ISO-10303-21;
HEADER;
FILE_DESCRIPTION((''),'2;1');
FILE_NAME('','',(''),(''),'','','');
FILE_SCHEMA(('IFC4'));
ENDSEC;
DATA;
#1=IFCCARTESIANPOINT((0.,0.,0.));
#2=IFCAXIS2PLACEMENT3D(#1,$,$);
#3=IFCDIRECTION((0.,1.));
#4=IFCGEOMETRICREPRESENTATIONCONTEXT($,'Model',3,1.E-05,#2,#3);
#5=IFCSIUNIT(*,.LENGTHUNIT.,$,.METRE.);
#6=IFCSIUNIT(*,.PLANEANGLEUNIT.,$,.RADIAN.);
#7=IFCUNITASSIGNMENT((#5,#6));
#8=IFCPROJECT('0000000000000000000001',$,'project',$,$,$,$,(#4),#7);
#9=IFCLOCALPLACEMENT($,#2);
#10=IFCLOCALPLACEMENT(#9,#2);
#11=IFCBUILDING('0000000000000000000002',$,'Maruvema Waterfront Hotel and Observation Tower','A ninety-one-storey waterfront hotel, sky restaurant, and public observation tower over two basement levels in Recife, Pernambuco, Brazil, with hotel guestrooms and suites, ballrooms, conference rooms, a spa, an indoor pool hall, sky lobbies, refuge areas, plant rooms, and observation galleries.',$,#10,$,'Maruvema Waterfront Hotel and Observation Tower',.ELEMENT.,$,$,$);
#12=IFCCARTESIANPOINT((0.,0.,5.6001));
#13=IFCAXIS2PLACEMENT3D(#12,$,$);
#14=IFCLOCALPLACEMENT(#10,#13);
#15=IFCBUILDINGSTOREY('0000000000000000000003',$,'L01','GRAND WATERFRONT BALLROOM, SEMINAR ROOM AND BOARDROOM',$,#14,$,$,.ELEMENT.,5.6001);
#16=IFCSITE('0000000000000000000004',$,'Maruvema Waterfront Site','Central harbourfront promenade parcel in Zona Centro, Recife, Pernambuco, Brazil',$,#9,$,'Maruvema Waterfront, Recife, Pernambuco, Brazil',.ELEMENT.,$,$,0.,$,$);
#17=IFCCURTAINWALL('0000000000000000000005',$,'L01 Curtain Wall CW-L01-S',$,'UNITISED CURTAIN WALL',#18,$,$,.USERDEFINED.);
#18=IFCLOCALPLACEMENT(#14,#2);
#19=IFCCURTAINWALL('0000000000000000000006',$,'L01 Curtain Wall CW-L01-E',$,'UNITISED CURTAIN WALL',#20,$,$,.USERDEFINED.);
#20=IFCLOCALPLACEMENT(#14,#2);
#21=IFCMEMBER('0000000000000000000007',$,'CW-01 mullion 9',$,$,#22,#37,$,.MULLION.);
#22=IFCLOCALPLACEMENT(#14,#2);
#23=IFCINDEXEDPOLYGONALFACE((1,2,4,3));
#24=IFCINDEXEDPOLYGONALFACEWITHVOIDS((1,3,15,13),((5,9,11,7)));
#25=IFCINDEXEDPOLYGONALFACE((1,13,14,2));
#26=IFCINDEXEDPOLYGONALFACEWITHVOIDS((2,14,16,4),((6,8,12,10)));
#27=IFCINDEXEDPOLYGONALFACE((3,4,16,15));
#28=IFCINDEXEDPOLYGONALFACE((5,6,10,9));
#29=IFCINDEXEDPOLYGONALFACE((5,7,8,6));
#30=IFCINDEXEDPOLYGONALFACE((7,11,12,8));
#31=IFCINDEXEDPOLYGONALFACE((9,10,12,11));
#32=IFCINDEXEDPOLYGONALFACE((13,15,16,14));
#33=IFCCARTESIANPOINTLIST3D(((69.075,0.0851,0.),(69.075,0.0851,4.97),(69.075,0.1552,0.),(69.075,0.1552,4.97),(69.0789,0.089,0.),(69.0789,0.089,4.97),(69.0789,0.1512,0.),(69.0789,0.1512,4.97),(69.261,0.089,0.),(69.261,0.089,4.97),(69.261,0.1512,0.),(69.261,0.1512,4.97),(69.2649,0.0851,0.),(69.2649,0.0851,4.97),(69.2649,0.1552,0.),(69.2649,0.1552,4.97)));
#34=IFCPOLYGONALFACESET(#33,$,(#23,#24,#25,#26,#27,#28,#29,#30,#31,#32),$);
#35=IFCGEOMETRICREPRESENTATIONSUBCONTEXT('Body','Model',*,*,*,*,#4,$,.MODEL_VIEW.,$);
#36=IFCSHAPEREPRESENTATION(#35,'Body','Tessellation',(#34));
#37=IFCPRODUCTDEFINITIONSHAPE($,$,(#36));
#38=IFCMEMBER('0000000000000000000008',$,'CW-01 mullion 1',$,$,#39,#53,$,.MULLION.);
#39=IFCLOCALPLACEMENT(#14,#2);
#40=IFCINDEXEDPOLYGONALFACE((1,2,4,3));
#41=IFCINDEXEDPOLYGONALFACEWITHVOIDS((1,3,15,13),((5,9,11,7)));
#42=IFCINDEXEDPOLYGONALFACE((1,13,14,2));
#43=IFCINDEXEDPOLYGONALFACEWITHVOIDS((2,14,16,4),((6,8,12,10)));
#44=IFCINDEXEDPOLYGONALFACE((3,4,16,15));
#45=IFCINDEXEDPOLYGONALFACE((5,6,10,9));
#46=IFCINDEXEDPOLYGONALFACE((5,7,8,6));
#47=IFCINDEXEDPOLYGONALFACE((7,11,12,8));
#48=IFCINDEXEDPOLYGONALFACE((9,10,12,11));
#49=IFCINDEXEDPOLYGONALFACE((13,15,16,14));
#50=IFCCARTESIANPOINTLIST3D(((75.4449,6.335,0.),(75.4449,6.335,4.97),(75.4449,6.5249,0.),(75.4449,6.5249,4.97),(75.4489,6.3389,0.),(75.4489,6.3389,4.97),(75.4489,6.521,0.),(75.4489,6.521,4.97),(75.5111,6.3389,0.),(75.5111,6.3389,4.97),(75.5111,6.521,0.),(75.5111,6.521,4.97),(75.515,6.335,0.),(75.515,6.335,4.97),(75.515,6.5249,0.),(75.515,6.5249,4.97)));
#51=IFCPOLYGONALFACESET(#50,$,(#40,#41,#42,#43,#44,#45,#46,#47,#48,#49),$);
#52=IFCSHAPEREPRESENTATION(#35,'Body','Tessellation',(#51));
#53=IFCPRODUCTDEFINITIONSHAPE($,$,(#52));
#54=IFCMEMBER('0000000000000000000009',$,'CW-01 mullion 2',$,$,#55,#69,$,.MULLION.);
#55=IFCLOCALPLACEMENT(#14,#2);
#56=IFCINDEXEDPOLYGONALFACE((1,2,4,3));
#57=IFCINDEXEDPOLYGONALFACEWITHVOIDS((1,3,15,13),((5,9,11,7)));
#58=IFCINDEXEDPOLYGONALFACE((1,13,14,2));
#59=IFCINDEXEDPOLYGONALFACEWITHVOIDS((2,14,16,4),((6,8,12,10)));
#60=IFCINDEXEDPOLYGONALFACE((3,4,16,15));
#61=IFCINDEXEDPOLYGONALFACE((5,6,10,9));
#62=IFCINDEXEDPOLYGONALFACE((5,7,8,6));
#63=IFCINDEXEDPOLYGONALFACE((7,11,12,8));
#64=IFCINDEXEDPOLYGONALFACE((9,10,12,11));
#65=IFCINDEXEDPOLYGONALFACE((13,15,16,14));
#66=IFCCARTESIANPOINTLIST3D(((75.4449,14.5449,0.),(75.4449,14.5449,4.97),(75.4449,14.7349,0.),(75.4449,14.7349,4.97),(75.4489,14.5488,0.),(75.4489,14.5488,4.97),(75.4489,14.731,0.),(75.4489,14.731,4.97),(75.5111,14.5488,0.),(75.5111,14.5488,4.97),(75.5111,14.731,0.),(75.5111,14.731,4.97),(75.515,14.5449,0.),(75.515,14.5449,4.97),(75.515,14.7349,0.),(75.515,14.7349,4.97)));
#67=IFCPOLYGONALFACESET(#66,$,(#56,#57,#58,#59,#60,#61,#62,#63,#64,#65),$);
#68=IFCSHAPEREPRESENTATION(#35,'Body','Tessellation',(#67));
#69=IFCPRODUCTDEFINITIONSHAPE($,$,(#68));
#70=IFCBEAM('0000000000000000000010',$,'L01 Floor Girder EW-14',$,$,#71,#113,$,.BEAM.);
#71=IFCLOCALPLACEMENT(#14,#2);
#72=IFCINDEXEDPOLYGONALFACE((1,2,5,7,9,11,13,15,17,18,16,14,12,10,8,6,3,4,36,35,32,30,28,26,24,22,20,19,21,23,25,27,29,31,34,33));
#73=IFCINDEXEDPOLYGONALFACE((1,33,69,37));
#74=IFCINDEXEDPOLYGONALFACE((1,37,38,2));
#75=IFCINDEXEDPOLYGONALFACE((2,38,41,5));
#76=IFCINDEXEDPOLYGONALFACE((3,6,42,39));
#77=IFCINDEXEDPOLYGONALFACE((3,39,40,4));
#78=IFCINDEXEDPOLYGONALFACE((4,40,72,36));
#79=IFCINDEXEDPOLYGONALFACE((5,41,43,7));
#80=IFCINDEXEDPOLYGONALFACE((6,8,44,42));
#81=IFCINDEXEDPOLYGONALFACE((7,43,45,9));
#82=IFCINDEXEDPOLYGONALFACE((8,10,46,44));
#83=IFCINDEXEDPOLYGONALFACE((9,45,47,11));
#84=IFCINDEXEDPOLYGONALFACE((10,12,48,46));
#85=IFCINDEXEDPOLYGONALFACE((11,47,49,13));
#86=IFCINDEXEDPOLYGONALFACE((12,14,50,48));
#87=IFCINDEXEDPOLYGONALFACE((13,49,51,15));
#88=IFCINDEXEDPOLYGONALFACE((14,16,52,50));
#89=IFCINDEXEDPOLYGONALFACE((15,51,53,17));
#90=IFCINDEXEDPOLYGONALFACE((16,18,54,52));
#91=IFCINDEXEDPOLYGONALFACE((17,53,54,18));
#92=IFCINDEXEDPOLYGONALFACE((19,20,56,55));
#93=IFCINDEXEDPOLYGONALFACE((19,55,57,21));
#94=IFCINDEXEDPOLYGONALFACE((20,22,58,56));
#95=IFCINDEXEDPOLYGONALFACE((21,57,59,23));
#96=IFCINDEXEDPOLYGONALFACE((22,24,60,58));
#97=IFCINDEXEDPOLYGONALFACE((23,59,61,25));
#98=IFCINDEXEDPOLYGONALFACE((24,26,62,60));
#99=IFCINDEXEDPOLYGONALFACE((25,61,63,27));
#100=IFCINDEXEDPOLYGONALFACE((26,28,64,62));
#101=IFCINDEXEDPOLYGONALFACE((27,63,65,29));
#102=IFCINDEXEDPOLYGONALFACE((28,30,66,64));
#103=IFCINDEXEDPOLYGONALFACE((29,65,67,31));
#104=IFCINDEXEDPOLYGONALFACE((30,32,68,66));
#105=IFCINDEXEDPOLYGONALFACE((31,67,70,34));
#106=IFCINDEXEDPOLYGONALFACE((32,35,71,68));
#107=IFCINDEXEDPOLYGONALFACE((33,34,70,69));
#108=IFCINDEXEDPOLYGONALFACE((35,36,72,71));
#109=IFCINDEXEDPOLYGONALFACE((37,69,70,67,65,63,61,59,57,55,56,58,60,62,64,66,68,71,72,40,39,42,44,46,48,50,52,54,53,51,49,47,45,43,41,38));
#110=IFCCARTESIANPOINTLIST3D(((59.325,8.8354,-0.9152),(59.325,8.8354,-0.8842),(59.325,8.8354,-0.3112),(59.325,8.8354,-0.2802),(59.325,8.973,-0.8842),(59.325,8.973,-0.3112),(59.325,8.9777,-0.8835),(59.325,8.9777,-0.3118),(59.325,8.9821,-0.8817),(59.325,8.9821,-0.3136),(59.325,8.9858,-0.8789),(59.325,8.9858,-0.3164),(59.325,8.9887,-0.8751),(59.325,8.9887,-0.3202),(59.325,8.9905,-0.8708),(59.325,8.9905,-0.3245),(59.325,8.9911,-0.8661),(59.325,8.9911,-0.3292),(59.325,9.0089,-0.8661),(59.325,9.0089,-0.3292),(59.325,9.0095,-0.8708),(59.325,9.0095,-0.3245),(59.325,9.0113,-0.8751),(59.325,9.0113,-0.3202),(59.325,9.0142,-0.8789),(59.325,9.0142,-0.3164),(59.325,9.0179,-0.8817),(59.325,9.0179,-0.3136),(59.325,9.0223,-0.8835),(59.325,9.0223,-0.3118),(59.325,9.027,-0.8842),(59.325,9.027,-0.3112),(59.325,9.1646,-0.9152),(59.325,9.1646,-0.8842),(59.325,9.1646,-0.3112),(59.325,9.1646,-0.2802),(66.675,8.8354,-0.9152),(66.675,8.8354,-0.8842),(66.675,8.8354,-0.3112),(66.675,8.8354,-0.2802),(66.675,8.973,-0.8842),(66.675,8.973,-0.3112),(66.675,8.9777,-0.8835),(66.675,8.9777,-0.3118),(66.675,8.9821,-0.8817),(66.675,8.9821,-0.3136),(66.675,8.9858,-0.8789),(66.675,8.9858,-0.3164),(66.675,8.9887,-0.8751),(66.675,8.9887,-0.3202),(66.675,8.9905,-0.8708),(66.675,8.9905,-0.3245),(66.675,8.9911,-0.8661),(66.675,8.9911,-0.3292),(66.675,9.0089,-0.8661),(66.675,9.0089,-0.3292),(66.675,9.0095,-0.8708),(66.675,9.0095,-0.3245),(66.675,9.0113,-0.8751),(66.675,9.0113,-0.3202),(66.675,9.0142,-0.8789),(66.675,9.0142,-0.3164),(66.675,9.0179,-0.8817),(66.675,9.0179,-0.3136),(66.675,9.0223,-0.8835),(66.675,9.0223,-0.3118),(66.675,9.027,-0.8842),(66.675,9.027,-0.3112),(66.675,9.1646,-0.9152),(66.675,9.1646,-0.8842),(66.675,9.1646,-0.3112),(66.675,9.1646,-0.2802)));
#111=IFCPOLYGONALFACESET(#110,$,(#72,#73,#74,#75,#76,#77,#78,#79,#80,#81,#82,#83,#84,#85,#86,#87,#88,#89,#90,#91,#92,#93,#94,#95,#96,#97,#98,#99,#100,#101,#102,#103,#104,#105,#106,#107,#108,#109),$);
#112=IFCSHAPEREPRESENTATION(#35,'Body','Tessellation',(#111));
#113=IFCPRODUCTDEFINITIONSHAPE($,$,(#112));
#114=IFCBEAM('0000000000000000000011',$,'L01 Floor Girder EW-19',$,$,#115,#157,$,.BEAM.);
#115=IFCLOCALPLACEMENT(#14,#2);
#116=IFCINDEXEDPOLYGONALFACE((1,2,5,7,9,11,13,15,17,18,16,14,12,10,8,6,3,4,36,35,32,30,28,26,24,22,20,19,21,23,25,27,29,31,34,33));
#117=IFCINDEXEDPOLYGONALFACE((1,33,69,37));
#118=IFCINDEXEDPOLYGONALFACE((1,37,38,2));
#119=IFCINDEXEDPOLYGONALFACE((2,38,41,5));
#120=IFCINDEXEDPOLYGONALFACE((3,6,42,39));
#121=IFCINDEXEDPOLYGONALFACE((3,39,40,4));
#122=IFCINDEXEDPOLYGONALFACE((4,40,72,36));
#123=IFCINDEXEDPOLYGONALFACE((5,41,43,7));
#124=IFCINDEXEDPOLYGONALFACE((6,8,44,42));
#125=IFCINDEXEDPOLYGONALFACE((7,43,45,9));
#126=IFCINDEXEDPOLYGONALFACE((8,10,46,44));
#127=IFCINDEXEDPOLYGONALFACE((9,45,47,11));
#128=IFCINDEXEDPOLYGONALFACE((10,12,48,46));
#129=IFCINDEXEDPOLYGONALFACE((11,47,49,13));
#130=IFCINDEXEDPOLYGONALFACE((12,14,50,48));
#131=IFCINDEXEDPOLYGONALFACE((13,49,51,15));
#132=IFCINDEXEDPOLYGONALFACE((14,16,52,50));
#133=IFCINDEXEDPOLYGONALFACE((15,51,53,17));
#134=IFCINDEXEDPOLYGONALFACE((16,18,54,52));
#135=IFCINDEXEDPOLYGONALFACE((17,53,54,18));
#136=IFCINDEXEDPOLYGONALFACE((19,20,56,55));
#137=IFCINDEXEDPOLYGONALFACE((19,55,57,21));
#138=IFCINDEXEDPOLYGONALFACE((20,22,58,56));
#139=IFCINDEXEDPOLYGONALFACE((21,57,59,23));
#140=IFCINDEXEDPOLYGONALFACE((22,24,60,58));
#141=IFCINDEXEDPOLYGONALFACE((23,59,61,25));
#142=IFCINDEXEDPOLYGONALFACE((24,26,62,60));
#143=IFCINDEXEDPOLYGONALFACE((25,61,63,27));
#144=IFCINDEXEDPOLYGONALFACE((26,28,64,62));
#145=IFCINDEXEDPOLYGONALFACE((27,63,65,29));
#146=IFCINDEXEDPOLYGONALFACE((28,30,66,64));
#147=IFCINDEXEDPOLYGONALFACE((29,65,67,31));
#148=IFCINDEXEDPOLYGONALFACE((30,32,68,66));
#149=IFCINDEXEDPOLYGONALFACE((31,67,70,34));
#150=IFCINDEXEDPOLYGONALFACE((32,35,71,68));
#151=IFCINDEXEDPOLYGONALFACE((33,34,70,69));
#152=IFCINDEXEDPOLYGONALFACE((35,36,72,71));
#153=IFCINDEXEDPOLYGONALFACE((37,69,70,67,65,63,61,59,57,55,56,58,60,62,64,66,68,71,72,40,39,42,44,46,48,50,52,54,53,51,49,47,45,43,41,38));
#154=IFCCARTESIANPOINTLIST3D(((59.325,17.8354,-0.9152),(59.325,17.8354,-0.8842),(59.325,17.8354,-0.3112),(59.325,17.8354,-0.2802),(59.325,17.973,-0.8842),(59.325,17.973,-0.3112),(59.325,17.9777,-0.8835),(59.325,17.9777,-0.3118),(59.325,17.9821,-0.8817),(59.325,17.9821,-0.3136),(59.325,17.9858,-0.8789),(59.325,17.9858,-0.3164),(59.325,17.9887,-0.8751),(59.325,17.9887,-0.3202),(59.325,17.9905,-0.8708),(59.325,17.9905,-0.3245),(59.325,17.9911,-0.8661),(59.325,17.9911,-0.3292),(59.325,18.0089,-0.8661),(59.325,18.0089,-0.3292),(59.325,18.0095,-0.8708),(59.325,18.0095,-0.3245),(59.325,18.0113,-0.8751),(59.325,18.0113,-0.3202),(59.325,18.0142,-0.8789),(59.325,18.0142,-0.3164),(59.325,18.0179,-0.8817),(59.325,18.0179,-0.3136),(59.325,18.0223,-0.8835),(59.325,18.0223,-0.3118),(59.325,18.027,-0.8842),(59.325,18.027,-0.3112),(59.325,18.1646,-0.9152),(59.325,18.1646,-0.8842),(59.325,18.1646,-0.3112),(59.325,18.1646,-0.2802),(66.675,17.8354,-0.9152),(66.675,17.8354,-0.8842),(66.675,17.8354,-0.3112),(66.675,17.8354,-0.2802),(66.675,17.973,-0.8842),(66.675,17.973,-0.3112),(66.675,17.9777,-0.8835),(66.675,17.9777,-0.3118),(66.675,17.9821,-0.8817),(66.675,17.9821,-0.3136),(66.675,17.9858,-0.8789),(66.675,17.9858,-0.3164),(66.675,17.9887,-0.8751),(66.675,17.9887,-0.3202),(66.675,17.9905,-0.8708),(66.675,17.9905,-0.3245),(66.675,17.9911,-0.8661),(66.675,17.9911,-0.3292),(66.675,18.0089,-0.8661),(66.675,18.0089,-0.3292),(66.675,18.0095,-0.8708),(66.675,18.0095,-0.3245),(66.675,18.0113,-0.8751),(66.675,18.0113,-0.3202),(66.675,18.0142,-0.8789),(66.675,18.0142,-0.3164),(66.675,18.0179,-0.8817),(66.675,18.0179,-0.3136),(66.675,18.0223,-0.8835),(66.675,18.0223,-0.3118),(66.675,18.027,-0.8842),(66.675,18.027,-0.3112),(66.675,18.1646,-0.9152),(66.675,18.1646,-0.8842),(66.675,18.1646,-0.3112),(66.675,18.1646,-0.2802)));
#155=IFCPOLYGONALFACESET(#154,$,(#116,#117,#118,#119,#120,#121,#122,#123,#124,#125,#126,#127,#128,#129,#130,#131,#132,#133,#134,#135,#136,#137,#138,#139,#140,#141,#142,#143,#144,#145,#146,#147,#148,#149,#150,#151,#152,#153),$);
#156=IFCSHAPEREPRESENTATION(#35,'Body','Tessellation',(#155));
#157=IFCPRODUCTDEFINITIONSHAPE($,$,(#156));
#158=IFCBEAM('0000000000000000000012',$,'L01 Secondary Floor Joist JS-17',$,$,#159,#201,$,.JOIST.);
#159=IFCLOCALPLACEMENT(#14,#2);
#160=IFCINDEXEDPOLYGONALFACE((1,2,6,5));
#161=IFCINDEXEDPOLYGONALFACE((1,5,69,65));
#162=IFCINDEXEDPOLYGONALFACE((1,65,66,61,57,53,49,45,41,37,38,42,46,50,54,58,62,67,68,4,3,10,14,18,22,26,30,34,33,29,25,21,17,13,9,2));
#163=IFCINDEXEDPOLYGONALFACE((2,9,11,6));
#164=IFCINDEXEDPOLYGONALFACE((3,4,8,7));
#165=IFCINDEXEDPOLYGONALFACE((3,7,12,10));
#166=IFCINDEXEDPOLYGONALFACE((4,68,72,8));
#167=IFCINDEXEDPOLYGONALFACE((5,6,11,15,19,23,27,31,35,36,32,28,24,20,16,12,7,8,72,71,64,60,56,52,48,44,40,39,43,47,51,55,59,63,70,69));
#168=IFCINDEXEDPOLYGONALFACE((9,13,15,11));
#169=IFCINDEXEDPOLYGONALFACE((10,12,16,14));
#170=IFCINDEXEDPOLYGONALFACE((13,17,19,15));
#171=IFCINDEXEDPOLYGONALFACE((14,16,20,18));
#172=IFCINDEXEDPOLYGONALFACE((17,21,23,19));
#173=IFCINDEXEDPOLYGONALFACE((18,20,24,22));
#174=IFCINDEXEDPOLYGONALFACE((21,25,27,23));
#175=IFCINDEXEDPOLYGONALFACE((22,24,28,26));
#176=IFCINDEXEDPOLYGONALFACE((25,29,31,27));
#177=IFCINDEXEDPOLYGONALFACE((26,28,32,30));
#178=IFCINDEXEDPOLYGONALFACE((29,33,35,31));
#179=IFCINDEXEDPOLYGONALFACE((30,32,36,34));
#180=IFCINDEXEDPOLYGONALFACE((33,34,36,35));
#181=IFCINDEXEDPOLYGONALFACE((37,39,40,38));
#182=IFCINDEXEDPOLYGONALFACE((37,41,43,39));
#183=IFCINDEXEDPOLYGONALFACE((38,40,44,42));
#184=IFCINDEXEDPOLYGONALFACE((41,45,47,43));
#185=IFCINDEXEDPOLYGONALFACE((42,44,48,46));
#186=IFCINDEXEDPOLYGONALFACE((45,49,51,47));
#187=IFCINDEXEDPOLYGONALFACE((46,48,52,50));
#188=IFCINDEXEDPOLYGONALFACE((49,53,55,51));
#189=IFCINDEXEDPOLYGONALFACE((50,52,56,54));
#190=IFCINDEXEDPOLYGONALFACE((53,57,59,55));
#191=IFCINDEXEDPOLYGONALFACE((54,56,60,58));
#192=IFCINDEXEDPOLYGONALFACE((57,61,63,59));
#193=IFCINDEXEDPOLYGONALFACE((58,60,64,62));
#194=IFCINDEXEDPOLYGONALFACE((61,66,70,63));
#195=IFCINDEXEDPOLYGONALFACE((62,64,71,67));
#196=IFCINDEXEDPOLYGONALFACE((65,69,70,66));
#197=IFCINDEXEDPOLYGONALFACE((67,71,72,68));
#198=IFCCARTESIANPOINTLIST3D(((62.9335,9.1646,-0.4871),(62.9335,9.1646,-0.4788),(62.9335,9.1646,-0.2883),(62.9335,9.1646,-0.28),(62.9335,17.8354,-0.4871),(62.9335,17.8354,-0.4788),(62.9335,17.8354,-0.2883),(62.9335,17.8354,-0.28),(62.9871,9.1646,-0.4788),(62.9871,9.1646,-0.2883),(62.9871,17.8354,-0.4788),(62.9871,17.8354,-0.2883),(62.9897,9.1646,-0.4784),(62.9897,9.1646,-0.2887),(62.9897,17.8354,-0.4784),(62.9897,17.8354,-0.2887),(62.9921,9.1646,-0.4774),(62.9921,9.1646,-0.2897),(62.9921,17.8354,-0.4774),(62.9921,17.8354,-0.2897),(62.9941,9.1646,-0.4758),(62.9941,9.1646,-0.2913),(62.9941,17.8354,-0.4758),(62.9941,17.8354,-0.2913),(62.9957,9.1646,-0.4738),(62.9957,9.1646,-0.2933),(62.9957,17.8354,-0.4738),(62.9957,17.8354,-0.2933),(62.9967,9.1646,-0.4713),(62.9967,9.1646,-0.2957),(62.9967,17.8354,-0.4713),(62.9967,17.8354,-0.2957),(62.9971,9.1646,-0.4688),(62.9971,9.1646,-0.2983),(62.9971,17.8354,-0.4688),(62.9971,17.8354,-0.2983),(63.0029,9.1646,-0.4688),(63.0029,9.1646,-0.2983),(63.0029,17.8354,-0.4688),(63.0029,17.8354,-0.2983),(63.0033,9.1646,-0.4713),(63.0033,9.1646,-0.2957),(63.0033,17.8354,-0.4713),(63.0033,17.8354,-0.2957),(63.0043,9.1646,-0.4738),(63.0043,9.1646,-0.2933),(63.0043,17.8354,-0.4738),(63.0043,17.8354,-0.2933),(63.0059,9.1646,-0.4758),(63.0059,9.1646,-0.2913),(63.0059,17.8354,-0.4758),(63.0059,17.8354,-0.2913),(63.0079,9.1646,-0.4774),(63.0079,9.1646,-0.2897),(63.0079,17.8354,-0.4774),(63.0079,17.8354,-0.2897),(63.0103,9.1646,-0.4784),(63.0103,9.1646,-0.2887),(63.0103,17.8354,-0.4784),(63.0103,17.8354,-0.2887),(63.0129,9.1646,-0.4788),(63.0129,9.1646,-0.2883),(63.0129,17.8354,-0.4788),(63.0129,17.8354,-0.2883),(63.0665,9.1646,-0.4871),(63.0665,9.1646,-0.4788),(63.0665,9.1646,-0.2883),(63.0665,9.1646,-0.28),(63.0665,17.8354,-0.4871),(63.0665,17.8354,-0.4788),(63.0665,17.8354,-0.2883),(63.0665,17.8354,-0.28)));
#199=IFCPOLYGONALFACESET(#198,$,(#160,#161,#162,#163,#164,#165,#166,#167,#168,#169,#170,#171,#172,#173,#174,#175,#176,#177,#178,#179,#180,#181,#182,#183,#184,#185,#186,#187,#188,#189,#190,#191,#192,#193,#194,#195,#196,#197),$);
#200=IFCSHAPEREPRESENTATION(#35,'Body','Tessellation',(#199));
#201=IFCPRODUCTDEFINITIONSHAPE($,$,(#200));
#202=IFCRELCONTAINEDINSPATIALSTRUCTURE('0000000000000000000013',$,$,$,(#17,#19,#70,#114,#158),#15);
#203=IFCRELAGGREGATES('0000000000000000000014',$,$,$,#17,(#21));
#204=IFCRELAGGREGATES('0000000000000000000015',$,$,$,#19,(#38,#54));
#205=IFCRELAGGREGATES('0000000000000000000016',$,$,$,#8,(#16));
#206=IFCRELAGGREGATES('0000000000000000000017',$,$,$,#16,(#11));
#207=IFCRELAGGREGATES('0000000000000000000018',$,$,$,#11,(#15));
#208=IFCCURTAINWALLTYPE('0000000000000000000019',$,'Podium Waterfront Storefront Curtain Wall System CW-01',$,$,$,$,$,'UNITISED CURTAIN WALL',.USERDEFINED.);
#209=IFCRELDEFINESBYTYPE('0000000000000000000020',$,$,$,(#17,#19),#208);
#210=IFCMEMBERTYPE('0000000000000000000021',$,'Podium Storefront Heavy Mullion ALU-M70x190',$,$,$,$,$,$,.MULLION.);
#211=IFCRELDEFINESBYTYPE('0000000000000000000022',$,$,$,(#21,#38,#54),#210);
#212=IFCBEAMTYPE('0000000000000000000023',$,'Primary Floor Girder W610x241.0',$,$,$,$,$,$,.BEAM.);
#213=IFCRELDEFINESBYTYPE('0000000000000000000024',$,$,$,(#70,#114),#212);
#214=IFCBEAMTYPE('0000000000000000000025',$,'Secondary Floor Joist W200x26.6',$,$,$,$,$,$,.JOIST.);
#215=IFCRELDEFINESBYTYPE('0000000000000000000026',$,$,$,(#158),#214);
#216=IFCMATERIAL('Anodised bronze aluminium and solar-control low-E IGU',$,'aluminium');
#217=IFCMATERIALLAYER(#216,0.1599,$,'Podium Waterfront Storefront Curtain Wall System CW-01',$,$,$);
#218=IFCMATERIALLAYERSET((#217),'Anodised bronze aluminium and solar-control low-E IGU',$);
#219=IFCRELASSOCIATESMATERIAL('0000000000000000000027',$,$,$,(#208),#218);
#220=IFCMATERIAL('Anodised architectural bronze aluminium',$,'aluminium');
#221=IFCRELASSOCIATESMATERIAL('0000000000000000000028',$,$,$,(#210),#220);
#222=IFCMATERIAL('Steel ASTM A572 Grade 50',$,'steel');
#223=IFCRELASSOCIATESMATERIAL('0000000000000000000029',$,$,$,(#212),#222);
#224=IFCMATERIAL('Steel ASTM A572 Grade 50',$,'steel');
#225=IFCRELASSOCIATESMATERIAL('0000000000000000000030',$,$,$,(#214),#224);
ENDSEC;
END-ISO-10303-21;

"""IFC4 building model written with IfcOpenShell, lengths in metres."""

from ifc_helpers import new_model, si_unit, direction, frame, origin, origin_2d, place, context, subcontext, project, spatial, hollow_rectangle, i_section, extrude, material, layer, layer_set, material_profile, profile_set, type_object, element, aggregate, save


model = new_model("IFC4")

# Units and contexts
model_context = context("Model", 3, precision=1e-05, world=origin(), true_north=direction((0.0, 1.0)))
body_context = subcontext(model_context, "Body", "Model", "MODEL_VIEW")
ifc_project = project(units=[si_unit("LENGTHUNIT", "METRE"), si_unit("PLANEANGLEUNIT", "RADIAN")], contexts=[model_context])

# Site, building, storey
site_placement = place(None, origin())
site = spatial("IfcSite", under=ifc_project, at=site_placement, Name="Maruvema Waterfront Site", Description="Central harbourfront promenade parcel in Zona Centro, Recife, Pernambuco, Brazil", LongName="Maruvema Waterfront, Recife, Pernambuco, Brazil", CompositionType="ELEMENT", RefElevation=0.0)
building_placement = place(site_placement, origin())
building = spatial("IfcBuilding", under=site, at=building_placement, Name="Maruvema Waterfront Hotel and Observation Tower", Description="A ninety-one-storey waterfront hotel, sky restaurant, and public observation tower over two basement levels in Recife, Pernambuco, Brazil, with hotel guestrooms and suites, ballrooms, conference rooms, a spa, an indoor pool hall, sky lobbies, refuge areas, plant rooms, and observation galleries.", LongName="Maruvema Waterfront Hotel and Observation Tower", CompositionType="ELEMENT")
storey_placement = place(building_placement, frame((0.0, 0.0, 5.6001)))
storey = spatial("IfcBuildingStorey", under=building, at=storey_placement, Name="L01", Description="GRAND WATERFRONT BALLROOM, SEMINAR ROOM AND BOARDROOM", CompositionType="ELEMENT", Elevation=5.6001)

# Curtain walls
ifc_material_1 = material(Name="Anodised bronze aluminium and solar-control low-E IGU", Category="aluminium")
ifc_layer_1 = layer(ifc_material_1, 0.1599, Name="Podium Waterfront Storefront Curtain Wall System CW-01")
ifc_layer_set_1 = layer_set([ifc_layer_1], Name="Anodised bronze aluminium and solar-control low-E IGU")
curtain_wall_type = type_object("IfcCurtainWallType", Name="Podium Waterfront Storefront Curtain Wall System CW-01", ElementType="UNITISED CURTAIN WALL", PredefinedType="USERDEFINED", material=ifc_layer_set_1)
curtain_wall_1_placement = place(storey_placement, origin())
curtain_wall_1 = element("IfcCurtainWall", 1, at=curtain_wall_1_placement, inside=storey, type_object=curtain_wall_type, Name="L01 Curtain Wall CW-L01-S", ObjectType="UNITISED CURTAIN WALL", PredefinedType="USERDEFINED")
curtain_wall_2_placement = place(storey_placement, origin())
curtain_wall_2 = element("IfcCurtainWall", 2, at=curtain_wall_2_placement, inside=storey, type_object=curtain_wall_type, Name="L01 Curtain Wall CW-L01-E", ObjectType="UNITISED CURTAIN WALL", PredefinedType="USERDEFINED")

# Members
ifc_material_2 = material(Name="Anodised architectural bronze aluminium", Category="aluminium")
ifc_material_profile_1 = material_profile(ifc_material_2, hollow_rectangle(XDim=0.0701, YDim=0.1899, WallThickness=0.0039, at=origin_2d()), Name="ALU-M70x190")
ifc_profile_set_1 = profile_set([ifc_material_profile_1], Name="Anodised architectural bronze aluminium")
member_type_1 = type_object("IfcMemberType", Name="Podium Storefront Heavy Mullion ALU-M70x190", PredefinedType="MULLION", material=ifc_profile_set_1)
member_1_placement = place(storey_placement, frame((69.1699, 0.1201, 0.0), z_axis=(0.0, 0.0, 1.0), x_axis=(0.0, 1.0, 0.0)))
member_1 = element("IfcMember", 3, at=member_1_placement, type_object=member_type_1, Name="CW-01 mullion 9", PredefinedType="MULLION", context=body_context, shape_type="SweptSolid", body=[
    extrude(hollow_rectangle(XDim=0.0701, YDim=0.1899, WallThickness=0.0039, at=origin_2d()), origin(), (0.0, 0.0, 1.0), 4.97),
])
member_2_placement = place(storey_placement, frame((75.48, 6.4299, 0.0), z_axis=(0.0, 0.0, 1.0), x_axis=(-1.0, 0.0, 0.0)))
member_2 = element("IfcMember", 4, at=member_2_placement, type_object=member_type_1, Name="CW-01 mullion 1", PredefinedType="MULLION", context=body_context, shape_type="SweptSolid", body=[
    extrude(hollow_rectangle(XDim=0.0701, YDim=0.1899, WallThickness=0.0039, at=origin_2d()), origin(), (0.0, 0.0, 1.0), 4.97),
])
member_3_placement = place(storey_placement, frame((75.48, 14.6399, 0.0), z_axis=(0.0, 0.0, 1.0), x_axis=(-1.0, 0.0, 0.0)))
member_3 = element("IfcMember", 5, at=member_3_placement, type_object=member_type_1, Name="CW-01 mullion 2", PredefinedType="MULLION", context=body_context, shape_type="SweptSolid", body=[
    extrude(hollow_rectangle(XDim=0.0701, YDim=0.1899, WallThickness=0.0039, at=origin_2d()), origin(), (0.0, 0.0, 1.0), 4.97),
])

# Beams
ifc_material_3 = material(Name="Steel ASTM A572 Grade 50", Category="steel")
ifc_material_profile_2 = material_profile(ifc_material_3, i_section(OverallWidth=0.3291, OverallDepth=0.635, WebThickness=0.0178, FlangeThickness=0.031, FilletRadius=0.0181, at=origin_2d()), Name="W610x241.0")
ifc_profile_set_2 = profile_set([ifc_material_profile_2], Name="Steel ASTM A572 Grade 50")
beam_type_1 = type_object("IfcBeamType", Name="Primary Floor Girder W610x241.0", PredefinedType="BEAM", material=ifc_profile_set_2)
for number, where, z_axis, x_axis, name in (
    (6, (59.325, 9.0, -0.5977), (1.0, 0.0, 0.0), (0.0, 1.0, 0.0), "L01 Floor Girder EW-14"),
    (7, (59.325, 18.0, -0.5977), (1.0, 0.0, 0.0), (0.0, 1.0, 0.0), "L01 Floor Girder EW-19"),
):
    element("IfcBeam", number, at=place(storey_placement, frame(where, z_axis=z_axis, x_axis=x_axis)), inside=storey, type_object=beam_type_1, Name=name, PredefinedType="BEAM", context=body_context, shape_type="SweptSolid", body=[
        extrude(i_section(OverallWidth=0.3291, OverallDepth=0.635, WebThickness=0.0178, FlangeThickness=0.031, FilletRadius=0.0181, at=origin_2d()), origin(), (0.0, 0.0, 1.0), 7.3501),
    ])
ifc_material_4 = material(Name="Steel ASTM A572 Grade 50", Category="steel")
ifc_material_profile_3 = material_profile(ifc_material_4, i_section(OverallWidth=0.1331, OverallDepth=0.207, WebThickness=0.0059, FlangeThickness=0.0083, FilletRadius=0.01, at=origin_2d()), Name="W200x26.6")
ifc_profile_set_3 = profile_set([ifc_material_profile_3], Name="Steel ASTM A572 Grade 50")
beam_type_2 = type_object("IfcBeamType", Name="Secondary Floor Joist W200x26.6", PredefinedType="JOIST", material=ifc_profile_set_3)
beam_1_placement = place(storey_placement, frame((63.0, 9.1646, -0.3835), z_axis=(0.0, 1.0, 0.0), x_axis=(-1.0, 0.0, 0.0)))
element("IfcBeam", 8, at=beam_1_placement, inside=storey, type_object=beam_type_2, Name="L01 Secondary Floor Joist JS-17", PredefinedType="JOIST", context=body_context, shape_type="SweptSolid", body=[
    extrude(i_section(OverallWidth=0.1331, OverallDepth=0.207, WebThickness=0.0059, FlangeThickness=0.0083, FilletRadius=0.01, at=origin_2d()), origin(), (0.0, 0.0, 1.0), 8.6709),
])

aggregate(curtain_wall_1, [member_1])
aggregate(curtain_wall_2, [member_2, member_3])

save(model, "model.ifc")
